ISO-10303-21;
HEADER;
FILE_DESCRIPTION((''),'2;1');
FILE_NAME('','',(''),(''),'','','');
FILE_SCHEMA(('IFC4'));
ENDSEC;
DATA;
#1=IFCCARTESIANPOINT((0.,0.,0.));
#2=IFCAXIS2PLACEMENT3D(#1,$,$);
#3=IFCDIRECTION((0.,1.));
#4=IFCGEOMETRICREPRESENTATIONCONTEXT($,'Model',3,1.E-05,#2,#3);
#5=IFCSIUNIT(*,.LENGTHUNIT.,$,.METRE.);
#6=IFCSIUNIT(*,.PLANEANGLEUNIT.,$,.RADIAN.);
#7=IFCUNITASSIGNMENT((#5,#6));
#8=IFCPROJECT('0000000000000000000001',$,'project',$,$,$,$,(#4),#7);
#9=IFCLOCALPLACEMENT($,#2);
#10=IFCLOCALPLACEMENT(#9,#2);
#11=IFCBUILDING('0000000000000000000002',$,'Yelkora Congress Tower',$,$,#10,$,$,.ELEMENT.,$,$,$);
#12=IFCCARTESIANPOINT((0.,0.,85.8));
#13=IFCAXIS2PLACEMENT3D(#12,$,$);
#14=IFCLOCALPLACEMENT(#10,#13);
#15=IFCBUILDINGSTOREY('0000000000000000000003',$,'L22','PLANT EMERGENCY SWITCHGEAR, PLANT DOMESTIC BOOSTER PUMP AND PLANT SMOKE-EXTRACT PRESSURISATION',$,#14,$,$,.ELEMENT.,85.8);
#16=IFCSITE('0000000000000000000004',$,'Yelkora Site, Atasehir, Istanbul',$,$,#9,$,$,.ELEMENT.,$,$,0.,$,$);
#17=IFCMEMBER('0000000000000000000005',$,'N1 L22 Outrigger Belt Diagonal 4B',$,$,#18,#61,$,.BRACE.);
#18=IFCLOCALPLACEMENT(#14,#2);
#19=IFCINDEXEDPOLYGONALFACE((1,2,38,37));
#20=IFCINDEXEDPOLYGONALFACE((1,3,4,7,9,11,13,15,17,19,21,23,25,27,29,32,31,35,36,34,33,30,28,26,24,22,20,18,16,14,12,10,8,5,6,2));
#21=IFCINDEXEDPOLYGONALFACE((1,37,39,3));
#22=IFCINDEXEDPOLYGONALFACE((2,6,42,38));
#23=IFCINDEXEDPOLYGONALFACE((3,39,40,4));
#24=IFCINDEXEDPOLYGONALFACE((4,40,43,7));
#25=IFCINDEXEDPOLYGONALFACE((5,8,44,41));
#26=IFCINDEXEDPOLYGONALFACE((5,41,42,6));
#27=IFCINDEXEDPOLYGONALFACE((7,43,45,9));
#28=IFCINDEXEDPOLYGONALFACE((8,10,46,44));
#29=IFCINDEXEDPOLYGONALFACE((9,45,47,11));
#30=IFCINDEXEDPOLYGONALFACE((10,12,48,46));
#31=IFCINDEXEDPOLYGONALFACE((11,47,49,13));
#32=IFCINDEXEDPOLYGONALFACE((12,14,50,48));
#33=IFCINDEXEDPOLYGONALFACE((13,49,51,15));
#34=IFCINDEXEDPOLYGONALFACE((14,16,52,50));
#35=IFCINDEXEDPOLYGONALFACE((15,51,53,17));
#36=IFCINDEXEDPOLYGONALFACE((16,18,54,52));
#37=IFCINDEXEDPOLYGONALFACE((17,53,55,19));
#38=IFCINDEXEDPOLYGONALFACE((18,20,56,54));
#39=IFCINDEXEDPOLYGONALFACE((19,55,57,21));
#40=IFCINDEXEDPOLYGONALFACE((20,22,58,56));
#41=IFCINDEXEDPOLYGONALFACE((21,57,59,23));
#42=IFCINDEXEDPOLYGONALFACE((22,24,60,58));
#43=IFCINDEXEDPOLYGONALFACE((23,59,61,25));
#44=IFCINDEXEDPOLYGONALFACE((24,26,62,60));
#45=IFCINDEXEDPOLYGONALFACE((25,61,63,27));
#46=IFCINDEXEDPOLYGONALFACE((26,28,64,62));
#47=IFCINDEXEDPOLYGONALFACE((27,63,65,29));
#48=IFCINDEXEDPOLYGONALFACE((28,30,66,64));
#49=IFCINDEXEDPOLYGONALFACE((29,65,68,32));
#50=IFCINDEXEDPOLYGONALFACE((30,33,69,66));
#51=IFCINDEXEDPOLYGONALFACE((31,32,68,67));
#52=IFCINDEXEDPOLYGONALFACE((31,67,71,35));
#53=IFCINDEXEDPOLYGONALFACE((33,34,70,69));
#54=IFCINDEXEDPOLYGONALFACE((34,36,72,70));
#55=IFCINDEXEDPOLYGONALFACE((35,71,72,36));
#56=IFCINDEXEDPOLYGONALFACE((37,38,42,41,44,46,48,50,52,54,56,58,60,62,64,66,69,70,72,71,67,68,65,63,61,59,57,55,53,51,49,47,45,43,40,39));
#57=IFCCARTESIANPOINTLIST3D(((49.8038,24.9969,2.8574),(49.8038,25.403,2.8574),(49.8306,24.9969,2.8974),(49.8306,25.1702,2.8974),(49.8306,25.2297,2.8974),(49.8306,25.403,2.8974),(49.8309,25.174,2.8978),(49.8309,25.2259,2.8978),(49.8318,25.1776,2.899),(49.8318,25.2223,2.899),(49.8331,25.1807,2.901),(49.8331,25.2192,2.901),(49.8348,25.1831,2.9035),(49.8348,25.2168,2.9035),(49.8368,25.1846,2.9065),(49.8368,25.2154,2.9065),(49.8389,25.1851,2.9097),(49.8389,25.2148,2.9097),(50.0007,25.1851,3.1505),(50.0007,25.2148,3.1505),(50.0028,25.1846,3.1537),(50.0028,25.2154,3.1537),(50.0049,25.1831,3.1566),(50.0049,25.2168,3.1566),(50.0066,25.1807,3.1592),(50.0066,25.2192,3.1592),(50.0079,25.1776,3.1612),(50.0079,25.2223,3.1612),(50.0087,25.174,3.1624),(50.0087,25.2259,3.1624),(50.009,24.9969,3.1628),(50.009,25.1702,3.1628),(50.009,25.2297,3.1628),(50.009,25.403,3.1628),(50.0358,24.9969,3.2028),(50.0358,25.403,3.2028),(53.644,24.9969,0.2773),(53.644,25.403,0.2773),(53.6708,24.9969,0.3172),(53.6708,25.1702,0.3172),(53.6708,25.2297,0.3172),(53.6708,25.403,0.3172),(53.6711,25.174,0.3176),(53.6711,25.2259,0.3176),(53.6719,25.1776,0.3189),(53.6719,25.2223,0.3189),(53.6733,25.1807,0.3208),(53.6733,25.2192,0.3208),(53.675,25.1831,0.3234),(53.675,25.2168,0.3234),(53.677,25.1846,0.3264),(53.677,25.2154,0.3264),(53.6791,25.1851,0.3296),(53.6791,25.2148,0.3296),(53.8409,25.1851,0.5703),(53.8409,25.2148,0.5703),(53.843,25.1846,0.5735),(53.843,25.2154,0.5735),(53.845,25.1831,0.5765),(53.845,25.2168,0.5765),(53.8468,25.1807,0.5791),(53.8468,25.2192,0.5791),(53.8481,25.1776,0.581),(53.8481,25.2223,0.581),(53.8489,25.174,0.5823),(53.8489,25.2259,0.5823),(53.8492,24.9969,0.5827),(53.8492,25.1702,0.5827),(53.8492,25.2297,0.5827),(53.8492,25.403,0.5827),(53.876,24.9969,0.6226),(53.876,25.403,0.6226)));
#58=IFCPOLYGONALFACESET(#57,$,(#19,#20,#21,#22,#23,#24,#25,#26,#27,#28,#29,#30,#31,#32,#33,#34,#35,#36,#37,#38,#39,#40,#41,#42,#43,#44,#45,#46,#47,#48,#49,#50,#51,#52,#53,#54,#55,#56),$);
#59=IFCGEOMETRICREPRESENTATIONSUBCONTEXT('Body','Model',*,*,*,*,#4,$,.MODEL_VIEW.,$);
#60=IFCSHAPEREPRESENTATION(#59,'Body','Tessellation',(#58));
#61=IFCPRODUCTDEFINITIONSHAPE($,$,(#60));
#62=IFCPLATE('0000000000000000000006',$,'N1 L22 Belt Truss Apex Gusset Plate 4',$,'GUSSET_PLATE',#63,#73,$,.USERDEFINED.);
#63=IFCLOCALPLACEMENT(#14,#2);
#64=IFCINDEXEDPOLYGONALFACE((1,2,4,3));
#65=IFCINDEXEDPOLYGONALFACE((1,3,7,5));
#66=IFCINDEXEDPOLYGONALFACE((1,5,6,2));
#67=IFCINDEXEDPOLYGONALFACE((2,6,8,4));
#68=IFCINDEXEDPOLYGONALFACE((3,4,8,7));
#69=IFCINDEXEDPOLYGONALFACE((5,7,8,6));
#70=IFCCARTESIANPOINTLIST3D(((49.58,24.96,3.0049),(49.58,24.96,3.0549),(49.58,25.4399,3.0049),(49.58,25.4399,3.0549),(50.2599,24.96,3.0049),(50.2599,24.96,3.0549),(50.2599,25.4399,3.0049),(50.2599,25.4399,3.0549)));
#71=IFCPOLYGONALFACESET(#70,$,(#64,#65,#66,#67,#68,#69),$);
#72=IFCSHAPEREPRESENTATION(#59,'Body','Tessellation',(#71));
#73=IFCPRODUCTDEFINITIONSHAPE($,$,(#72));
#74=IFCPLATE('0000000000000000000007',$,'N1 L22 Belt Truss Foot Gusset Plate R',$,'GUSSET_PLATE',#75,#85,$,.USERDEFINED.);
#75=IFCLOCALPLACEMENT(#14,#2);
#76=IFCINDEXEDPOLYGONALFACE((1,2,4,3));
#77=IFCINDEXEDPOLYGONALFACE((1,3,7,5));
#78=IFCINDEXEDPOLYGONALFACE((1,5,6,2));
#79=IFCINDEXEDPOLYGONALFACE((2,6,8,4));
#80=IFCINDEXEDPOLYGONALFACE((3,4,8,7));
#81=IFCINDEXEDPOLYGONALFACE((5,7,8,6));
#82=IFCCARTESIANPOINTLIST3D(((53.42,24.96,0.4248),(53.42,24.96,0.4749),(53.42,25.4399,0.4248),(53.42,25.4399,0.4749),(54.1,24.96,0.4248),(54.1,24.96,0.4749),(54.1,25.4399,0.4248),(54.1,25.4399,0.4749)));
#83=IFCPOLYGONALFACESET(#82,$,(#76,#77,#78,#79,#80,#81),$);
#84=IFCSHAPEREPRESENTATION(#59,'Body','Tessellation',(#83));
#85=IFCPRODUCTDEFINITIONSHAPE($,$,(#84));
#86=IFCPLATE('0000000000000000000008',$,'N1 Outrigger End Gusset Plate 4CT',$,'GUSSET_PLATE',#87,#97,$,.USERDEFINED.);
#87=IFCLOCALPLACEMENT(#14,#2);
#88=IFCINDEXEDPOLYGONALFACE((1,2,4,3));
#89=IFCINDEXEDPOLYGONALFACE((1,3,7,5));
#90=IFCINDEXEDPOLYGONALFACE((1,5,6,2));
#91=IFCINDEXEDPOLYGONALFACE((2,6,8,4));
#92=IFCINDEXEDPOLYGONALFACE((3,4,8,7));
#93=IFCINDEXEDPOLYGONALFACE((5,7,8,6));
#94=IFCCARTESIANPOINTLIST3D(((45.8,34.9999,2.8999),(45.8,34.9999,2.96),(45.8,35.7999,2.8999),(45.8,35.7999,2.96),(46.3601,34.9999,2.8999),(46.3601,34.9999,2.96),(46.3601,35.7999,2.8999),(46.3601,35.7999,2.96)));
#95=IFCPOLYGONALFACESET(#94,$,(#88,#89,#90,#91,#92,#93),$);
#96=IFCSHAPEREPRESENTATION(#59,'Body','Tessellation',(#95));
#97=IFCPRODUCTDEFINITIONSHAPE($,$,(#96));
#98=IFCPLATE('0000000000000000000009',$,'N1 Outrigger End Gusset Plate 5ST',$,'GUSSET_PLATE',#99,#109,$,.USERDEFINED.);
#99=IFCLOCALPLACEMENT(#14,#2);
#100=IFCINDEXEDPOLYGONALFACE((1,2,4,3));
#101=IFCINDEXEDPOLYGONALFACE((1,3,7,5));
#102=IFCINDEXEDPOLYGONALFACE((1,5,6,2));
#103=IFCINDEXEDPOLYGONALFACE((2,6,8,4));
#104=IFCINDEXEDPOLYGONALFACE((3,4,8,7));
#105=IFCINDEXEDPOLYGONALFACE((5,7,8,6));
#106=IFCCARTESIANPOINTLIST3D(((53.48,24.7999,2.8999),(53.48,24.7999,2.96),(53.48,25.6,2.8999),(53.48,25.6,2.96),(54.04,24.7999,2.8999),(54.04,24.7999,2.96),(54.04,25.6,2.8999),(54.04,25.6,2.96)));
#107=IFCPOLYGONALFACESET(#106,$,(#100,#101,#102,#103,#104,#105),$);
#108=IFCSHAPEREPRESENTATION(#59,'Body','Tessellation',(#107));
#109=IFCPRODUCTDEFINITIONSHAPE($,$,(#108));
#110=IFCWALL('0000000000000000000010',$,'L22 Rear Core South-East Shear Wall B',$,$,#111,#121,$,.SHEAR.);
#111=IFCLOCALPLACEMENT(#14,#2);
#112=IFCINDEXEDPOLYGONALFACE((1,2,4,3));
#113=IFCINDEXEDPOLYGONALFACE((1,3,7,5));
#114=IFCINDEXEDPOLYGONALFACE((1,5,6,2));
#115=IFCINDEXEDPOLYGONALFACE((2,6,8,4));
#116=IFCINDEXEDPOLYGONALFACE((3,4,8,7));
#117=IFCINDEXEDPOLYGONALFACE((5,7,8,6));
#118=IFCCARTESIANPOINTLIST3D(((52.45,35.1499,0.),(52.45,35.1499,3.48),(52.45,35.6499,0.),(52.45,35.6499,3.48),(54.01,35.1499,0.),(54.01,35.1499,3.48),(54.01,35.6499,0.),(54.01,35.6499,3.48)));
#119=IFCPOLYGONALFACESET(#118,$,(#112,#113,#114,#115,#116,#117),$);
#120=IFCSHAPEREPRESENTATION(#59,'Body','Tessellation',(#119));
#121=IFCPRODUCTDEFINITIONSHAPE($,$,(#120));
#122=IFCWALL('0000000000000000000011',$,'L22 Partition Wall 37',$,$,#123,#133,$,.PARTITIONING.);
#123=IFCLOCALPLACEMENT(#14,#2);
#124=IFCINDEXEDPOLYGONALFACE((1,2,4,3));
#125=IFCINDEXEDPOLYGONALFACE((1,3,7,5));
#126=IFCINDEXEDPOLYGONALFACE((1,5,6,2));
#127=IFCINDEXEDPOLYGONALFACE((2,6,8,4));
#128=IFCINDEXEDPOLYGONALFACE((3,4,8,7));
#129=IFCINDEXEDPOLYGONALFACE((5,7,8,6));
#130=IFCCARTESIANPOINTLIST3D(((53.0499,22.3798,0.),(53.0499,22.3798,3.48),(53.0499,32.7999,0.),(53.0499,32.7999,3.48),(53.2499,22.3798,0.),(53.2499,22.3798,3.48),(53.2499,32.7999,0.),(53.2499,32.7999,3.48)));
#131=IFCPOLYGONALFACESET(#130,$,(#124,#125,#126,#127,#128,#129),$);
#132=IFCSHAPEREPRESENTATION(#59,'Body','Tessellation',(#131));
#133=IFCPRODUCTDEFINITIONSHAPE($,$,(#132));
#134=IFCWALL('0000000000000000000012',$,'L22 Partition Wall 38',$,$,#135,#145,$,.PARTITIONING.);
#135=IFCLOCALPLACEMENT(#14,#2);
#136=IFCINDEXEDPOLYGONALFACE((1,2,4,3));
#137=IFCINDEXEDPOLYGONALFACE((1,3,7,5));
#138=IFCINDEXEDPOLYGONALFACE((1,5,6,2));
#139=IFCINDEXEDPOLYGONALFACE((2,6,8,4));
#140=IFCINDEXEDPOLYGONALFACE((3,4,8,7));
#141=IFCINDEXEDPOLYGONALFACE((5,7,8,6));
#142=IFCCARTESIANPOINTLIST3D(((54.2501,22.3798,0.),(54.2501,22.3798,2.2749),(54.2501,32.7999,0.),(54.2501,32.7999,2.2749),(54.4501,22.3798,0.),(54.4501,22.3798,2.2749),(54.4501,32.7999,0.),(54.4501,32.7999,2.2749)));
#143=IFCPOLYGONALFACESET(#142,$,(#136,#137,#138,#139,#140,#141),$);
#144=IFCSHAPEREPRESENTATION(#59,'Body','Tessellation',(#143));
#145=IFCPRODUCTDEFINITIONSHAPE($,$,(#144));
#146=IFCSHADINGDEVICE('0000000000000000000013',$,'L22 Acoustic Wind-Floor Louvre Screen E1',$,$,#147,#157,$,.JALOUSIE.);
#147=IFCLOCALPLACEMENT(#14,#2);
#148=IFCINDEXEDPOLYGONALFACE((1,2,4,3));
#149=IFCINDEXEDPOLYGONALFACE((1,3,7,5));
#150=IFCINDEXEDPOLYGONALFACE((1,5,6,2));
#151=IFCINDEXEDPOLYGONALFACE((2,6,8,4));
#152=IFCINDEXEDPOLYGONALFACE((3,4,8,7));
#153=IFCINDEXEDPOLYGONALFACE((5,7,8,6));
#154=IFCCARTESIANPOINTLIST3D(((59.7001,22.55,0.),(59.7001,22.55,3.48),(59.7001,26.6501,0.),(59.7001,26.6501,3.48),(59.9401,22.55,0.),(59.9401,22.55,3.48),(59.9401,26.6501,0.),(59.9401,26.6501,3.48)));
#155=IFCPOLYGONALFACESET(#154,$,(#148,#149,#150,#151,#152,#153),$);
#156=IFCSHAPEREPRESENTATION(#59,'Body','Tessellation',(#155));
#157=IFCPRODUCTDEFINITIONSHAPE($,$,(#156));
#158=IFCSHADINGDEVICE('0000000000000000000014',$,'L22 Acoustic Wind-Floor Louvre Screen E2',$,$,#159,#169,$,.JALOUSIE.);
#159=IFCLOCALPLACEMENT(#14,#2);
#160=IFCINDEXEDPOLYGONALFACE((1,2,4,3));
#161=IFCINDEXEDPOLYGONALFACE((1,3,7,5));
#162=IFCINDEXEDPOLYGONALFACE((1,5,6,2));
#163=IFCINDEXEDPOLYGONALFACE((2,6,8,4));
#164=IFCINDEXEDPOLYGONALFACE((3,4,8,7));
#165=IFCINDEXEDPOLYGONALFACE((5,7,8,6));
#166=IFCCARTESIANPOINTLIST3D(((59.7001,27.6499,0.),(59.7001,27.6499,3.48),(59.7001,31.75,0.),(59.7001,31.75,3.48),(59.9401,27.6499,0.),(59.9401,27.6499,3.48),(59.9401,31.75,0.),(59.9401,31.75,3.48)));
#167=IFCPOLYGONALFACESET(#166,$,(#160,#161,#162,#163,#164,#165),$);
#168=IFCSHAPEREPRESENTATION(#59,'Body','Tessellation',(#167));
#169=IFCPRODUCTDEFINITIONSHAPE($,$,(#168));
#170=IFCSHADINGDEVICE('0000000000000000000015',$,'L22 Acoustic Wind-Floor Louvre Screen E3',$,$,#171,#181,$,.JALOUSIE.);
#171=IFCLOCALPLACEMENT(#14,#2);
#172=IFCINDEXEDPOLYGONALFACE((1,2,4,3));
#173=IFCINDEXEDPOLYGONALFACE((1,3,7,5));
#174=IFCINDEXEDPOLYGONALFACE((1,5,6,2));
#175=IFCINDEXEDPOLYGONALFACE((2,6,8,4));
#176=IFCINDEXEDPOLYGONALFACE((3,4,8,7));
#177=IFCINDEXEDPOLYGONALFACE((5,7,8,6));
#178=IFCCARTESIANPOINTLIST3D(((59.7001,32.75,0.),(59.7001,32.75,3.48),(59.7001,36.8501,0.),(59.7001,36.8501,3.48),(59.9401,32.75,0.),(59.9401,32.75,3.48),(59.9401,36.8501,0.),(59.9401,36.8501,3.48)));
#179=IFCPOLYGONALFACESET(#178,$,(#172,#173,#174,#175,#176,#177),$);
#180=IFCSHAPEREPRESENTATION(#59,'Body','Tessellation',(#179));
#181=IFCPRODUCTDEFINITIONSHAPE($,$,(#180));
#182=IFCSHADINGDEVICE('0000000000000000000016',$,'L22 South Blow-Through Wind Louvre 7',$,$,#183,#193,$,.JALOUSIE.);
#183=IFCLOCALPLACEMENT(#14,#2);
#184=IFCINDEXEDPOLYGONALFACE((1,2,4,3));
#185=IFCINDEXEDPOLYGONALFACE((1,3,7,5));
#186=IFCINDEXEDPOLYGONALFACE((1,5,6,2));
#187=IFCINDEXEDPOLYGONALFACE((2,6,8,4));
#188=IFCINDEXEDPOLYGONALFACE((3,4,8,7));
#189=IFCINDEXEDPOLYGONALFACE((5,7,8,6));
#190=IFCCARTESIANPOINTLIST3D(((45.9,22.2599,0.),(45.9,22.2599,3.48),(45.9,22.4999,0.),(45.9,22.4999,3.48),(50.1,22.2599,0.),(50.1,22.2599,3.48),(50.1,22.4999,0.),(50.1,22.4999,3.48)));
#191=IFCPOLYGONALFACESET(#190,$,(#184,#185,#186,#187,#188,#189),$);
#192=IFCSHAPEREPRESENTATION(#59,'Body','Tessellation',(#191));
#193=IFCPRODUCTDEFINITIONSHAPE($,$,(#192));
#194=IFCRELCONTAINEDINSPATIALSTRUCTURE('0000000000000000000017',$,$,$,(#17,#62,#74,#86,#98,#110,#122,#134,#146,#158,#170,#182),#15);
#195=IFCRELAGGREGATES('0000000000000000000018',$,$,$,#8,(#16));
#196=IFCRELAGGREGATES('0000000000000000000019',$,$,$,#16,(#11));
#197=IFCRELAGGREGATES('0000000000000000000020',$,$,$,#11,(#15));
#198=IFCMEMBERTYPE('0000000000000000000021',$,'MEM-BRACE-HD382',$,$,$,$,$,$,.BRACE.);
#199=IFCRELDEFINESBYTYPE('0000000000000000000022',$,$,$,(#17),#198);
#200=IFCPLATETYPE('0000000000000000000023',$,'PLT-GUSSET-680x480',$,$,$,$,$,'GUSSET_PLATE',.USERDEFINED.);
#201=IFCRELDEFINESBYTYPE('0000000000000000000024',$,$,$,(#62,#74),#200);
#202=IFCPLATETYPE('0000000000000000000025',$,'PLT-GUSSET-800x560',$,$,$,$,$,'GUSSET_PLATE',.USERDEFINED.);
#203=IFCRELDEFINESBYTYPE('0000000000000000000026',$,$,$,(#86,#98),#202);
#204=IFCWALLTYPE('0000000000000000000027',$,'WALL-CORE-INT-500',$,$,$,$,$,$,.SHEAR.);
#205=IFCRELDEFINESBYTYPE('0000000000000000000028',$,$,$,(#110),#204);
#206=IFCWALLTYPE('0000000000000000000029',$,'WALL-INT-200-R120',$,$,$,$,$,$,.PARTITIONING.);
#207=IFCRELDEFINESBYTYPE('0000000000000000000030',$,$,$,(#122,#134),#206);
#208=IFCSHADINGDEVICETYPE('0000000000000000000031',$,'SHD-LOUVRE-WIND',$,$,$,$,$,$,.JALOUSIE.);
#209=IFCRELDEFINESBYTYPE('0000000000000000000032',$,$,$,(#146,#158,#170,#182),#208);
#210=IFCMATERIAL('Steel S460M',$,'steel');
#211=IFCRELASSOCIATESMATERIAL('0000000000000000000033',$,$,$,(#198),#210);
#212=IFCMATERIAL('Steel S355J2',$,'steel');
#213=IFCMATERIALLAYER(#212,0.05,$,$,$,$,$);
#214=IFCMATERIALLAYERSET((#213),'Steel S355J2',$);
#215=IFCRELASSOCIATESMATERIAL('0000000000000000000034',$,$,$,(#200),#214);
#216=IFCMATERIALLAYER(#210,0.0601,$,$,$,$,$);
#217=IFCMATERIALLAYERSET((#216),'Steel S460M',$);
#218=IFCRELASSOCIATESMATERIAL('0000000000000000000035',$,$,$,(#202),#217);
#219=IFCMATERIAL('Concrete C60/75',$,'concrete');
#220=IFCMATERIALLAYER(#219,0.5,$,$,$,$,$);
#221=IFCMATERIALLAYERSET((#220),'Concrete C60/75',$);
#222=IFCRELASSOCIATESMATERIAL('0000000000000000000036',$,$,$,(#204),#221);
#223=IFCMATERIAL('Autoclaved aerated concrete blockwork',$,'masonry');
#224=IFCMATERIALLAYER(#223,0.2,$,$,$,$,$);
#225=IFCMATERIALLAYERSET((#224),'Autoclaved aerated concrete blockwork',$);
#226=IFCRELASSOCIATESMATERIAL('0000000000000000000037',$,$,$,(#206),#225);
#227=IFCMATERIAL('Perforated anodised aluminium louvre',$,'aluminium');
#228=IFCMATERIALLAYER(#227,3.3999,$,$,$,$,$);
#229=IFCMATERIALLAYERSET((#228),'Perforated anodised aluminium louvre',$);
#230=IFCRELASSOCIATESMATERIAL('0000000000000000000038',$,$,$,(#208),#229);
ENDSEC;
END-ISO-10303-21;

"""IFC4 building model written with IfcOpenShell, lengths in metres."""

from ifc_helpers import new_model, si_unit, direction, frame, frame_2d, origin, origin_2d, place, context, subcontext, project, spatial, rectangle, i_section, extrude, material, layer, layer_set, material_profile, profile_set, type_object, element, save


model = new_model("IFC4")

# Units and contexts
model_context = context("Model", 3, precision=1e-05, world=origin(), true_north=direction((0.0, 1.0)))
body_context = subcontext(model_context, "Body", "Model", "MODEL_VIEW")
ifc_project = project(units=[si_unit("LENGTHUNIT", "METRE"), si_unit("PLANEANGLEUNIT", "RADIAN")], contexts=[model_context])

# Site, building, storey
site_placement = place(None, origin())
site = spatial("IfcSite", under=ifc_project, at=site_placement, Name="Yelkora Site, Atasehir, Istanbul", CompositionType="ELEMENT", RefElevation=0.0)
building_placement = place(site_placement, origin())
building = spatial("IfcBuilding", under=site, at=building_placement, Name="Yelkora Congress Tower", CompositionType="ELEMENT")
storey_placement = place(building_placement, frame((0.0, 0.0, 85.8)))
storey = spatial("IfcBuildingStorey", under=building, at=storey_placement, Name="L22", Description="PLANT EMERGENCY SWITCHGEAR, PLANT DOMESTIC BOOSTER PUMP AND PLANT SMOKE-EXTRACT PRESSURISATION", CompositionType="ELEMENT", Elevation=85.8)

# Shared definitions
ifc_material_1 = material(Name="Concrete C60/75", Category="concrete")

# Shared definitions
ifc_material_2 = material(Name="Steel S460M", Category="steel")

# Member
ifc_material_profile_1 = material_profile(ifc_material_2, i_section(OverallWidth=0.406, OverallDepth=0.416, WebThickness=0.0298, FlangeThickness=0.0481, FilletRadius=0.0149, at=origin_2d()), Name="HD 400x382")
ifc_profile_set_1 = profile_set([ifc_material_profile_1], Name="Steel S460M")
member_type = type_object("IfcMemberType", Name="MEM-BRACE-HD382", PredefinedType="BRACE", material=ifc_profile_set_1)
member_placement = place(storey_placement, frame((53.76, 25.2, 0.45), z_axis=(-0.830048, 0.0, 0.557692), x_axis=(0.0, -1.0, 0.0)))
element("IfcMember", 1, at=member_placement, inside=storey, type_object=member_type, Name="N1 L22 Outrigger Belt Diagonal 4B", PredefinedType="BRACE", context=body_context, shape_type="SweptSolid", body=[
    extrude(i_section(OverallWidth=0.406, OverallDepth=0.416, WebThickness=0.0298, FlangeThickness=0.0481, FilletRadius=0.0149, at=origin_2d()), origin(), (0.0, 0.0, 1.0), 4.6265),
])

# Plates
ifc_material_3 = material(Name="Steel S355J2", Category="steel")
ifc_layer_1 = layer(ifc_material_3, 0.05)
ifc_layer_set_1 = layer_set([ifc_layer_1], Name="Steel S355J2")
plate_type_1 = type_object("IfcPlateType", Name="PLT-GUSSET-680x480", ElementType="GUSSET_PLATE", PredefinedType="USERDEFINED", material=ifc_layer_set_1)
for number, where, z_axis, x_axis, name in (
    (2, (49.9199, 25.2, 3.0049), (0.0, 0.0, 1.0), (1.0, 0.0, 0.0), "N1 L22 Belt Truss Apex Gusset Plate 4"),
    (3, (53.76, 25.2, 0.4248), (0.0, 0.0, 1.0), (1.0, 0.0, 0.0), "N1 L22 Belt Truss Foot Gusset Plate R"),
):
    element("IfcPlate", number, at=place(storey_placement, frame(where, z_axis=z_axis, x_axis=x_axis)), inside=storey, type_object=plate_type_1, Name=name, ObjectType="GUSSET_PLATE", PredefinedType="USERDEFINED", context=body_context, shape_type="SweptSolid", body=[
        extrude(rectangle(XDim=0.6799, YDim=0.48, at=origin_2d()), origin(), (0.0, 0.0, 1.0), 0.05),
    ])
ifc_layer_2 = layer(ifc_material_2, 0.0601)
ifc_layer_set_2 = layer_set([ifc_layer_2], Name="Steel S460M")
plate_type_2 = type_object("IfcPlateType", Name="PLT-GUSSET-800x560", ElementType="GUSSET_PLATE", PredefinedType="USERDEFINED", material=ifc_layer_set_2)
for number, where, z_axis, x_axis, name in (
    (4, (46.0801, 35.3999, 2.8999), (0.0, 0.0, 1.0), (0.0, 1.0, 0.0), "N1 Outrigger End Gusset Plate 4CT"),
    (5, (53.76, 25.2, 2.8999), (0.0, 0.0, 1.0), (0.0, 1.0, 0.0), "N1 Outrigger End Gusset Plate 5ST"),
):
    element("IfcPlate", number, at=place(storey_placement, frame(where, z_axis=z_axis, x_axis=x_axis)), inside=storey, type_object=plate_type_2, Name=name, ObjectType="GUSSET_PLATE", PredefinedType="USERDEFINED", context=body_context, shape_type="SweptSolid", body=[
        extrude(rectangle(XDim=0.8, YDim=0.5601, at=origin_2d()), origin(), (0.0, 0.0, 1.0), 0.0601),
    ])

# Wall
ifc_layer_3 = layer(ifc_material_1, 0.5)
ifc_layer_set_3 = layer_set([ifc_layer_3], Name="Concrete C60/75")
wall_type_1 = type_object("IfcWallType", Name="WALL-CORE-INT-500", PredefinedType="SHEAR", material=ifc_layer_set_3)
wall_1_placement = place(storey_placement, frame((52.45, 35.3999, 0.0), z_axis=(0.0, 0.0, 1.0), x_axis=(1.0, 0.0, 0.0)))
element("IfcWall", 6, at=wall_1_placement, inside=storey, type_object=wall_type_1, Name="L22 Rear Core South-East Shear Wall B", PredefinedType="SHEAR", context=body_context, shape_type="SweptSolid", body=[
    extrude(rectangle(XDim=1.5601, YDim=0.5, at=frame_2d((0.78, 0.0))), origin(), (0.0, 0.0, 1.0), 3.48),
])

# Shared definitions
ifc_material_4 = material(Name="Autoclaved aerated concrete blockwork", Category="masonry")
ifc_layer_4 = layer(ifc_material_4, 0.2)
ifc_layer_set_4 = layer_set([ifc_layer_4], Name="Autoclaved aerated concrete blockwork")
wall_type_2 = type_object("IfcWallType", Name="WALL-INT-200-R120", PredefinedType="PARTITIONING", material=ifc_layer_set_4)

# Walls
wall_2_placement = place(storey_placement, frame((53.1499, 22.3799, 0.0), z_axis=(0.0, 0.0, 1.0), x_axis=(0.0, 1.0, 0.0)))
element("IfcWall", 7, at=wall_2_placement, inside=storey, type_object=wall_type_2, Name="L22 Partition Wall 37", PredefinedType="PARTITIONING", context=body_context, shape_type="SweptSolid", body=[
    extrude(rectangle(XDim=10.4202, YDim=0.2, at=frame_2d((5.21, 0.0))), origin(), (0.0, 0.0, 1.0), 3.48),
])
wall_3_placement = place(storey_placement, frame((54.3501, 22.3799, 0.0), z_axis=(0.0, 0.0, 1.0), x_axis=(0.0, 1.0, 0.0)))
element("IfcWall", 8, at=wall_3_placement, inside=storey, type_object=wall_type_2, Name="L22 Partition Wall 38", PredefinedType="PARTITIONING", context=body_context, shape_type="SweptSolid", body=[
    extrude(rectangle(XDim=10.4202, YDim=0.2, at=frame_2d((5.21, 0.0))), origin(), (0.0, 0.0, 1.0), 2.2749),
])

# Shading devices
ifc_material_5 = material(Name="Perforated anodised aluminium louvre", Category="aluminium")
ifc_layer_5 = layer(ifc_material_5, 3.3999)
ifc_layer_set_5 = layer_set([ifc_layer_5], Name="Perforated anodised aluminium louvre")
shading_device_type = type_object("IfcShadingDeviceType", Name="SHD-LOUVRE-WIND", PredefinedType="JALOUSIE", material=ifc_layer_set_5)
for number, where, z_axis, x_axis, name in (
    (9, (59.8201, 24.6001, 0.0), (0.0, 0.0, 1.0), (1.0, 0.0, 0.0), "L22 Acoustic Wind-Floor Louvre Screen E1"),
    (10, (59.8201, 29.7, 0.0), (0.0, 0.0, 1.0), (1.0, 0.0, 0.0), "L22 Acoustic Wind-Floor Louvre Screen E2"),
    (11, (59.8201, 34.8, 0.0), (0.0, 0.0, 1.0), (1.0, 0.0, 0.0), "L22 Acoustic Wind-Floor Louvre Screen E3"),
):
    element("IfcShadingDevice", number, at=place(storey_placement, frame(where, z_axis=z_axis, x_axis=x_axis)), inside=storey, type_object=shading_device_type, Name=name, PredefinedType="JALOUSIE", context=body_context, shape_type="SweptSolid", body=[
        extrude(rectangle(XDim=0.24, YDim=4.1001, at=origin_2d()), origin(), (0.0, 0.0, 1.0), 3.48),
    ])
for number, where, z_axis, x_axis, name in (
    (12, (48.0, 22.3799, 0.0), (0.0, 0.0, 1.0), (1.0, 0.0, 0.0), "L22 South Blow-Through Wind Louvre 7"),
):
    element("IfcShadingDevice", number, at=place(storey_placement, frame(where, z_axis=z_axis, x_axis=x_axis)), inside=storey, type_object=shading_device_type, Name=name, PredefinedType="JALOUSIE", context=body_context, shape_type="SweptSolid", body=[
        extrude(rectangle(XDim=4.2, YDim=0.24, at=origin_2d()), origin(), (0.0, 0.0, 1.0), 3.48),
    ])

save(model, "model.ifc")
